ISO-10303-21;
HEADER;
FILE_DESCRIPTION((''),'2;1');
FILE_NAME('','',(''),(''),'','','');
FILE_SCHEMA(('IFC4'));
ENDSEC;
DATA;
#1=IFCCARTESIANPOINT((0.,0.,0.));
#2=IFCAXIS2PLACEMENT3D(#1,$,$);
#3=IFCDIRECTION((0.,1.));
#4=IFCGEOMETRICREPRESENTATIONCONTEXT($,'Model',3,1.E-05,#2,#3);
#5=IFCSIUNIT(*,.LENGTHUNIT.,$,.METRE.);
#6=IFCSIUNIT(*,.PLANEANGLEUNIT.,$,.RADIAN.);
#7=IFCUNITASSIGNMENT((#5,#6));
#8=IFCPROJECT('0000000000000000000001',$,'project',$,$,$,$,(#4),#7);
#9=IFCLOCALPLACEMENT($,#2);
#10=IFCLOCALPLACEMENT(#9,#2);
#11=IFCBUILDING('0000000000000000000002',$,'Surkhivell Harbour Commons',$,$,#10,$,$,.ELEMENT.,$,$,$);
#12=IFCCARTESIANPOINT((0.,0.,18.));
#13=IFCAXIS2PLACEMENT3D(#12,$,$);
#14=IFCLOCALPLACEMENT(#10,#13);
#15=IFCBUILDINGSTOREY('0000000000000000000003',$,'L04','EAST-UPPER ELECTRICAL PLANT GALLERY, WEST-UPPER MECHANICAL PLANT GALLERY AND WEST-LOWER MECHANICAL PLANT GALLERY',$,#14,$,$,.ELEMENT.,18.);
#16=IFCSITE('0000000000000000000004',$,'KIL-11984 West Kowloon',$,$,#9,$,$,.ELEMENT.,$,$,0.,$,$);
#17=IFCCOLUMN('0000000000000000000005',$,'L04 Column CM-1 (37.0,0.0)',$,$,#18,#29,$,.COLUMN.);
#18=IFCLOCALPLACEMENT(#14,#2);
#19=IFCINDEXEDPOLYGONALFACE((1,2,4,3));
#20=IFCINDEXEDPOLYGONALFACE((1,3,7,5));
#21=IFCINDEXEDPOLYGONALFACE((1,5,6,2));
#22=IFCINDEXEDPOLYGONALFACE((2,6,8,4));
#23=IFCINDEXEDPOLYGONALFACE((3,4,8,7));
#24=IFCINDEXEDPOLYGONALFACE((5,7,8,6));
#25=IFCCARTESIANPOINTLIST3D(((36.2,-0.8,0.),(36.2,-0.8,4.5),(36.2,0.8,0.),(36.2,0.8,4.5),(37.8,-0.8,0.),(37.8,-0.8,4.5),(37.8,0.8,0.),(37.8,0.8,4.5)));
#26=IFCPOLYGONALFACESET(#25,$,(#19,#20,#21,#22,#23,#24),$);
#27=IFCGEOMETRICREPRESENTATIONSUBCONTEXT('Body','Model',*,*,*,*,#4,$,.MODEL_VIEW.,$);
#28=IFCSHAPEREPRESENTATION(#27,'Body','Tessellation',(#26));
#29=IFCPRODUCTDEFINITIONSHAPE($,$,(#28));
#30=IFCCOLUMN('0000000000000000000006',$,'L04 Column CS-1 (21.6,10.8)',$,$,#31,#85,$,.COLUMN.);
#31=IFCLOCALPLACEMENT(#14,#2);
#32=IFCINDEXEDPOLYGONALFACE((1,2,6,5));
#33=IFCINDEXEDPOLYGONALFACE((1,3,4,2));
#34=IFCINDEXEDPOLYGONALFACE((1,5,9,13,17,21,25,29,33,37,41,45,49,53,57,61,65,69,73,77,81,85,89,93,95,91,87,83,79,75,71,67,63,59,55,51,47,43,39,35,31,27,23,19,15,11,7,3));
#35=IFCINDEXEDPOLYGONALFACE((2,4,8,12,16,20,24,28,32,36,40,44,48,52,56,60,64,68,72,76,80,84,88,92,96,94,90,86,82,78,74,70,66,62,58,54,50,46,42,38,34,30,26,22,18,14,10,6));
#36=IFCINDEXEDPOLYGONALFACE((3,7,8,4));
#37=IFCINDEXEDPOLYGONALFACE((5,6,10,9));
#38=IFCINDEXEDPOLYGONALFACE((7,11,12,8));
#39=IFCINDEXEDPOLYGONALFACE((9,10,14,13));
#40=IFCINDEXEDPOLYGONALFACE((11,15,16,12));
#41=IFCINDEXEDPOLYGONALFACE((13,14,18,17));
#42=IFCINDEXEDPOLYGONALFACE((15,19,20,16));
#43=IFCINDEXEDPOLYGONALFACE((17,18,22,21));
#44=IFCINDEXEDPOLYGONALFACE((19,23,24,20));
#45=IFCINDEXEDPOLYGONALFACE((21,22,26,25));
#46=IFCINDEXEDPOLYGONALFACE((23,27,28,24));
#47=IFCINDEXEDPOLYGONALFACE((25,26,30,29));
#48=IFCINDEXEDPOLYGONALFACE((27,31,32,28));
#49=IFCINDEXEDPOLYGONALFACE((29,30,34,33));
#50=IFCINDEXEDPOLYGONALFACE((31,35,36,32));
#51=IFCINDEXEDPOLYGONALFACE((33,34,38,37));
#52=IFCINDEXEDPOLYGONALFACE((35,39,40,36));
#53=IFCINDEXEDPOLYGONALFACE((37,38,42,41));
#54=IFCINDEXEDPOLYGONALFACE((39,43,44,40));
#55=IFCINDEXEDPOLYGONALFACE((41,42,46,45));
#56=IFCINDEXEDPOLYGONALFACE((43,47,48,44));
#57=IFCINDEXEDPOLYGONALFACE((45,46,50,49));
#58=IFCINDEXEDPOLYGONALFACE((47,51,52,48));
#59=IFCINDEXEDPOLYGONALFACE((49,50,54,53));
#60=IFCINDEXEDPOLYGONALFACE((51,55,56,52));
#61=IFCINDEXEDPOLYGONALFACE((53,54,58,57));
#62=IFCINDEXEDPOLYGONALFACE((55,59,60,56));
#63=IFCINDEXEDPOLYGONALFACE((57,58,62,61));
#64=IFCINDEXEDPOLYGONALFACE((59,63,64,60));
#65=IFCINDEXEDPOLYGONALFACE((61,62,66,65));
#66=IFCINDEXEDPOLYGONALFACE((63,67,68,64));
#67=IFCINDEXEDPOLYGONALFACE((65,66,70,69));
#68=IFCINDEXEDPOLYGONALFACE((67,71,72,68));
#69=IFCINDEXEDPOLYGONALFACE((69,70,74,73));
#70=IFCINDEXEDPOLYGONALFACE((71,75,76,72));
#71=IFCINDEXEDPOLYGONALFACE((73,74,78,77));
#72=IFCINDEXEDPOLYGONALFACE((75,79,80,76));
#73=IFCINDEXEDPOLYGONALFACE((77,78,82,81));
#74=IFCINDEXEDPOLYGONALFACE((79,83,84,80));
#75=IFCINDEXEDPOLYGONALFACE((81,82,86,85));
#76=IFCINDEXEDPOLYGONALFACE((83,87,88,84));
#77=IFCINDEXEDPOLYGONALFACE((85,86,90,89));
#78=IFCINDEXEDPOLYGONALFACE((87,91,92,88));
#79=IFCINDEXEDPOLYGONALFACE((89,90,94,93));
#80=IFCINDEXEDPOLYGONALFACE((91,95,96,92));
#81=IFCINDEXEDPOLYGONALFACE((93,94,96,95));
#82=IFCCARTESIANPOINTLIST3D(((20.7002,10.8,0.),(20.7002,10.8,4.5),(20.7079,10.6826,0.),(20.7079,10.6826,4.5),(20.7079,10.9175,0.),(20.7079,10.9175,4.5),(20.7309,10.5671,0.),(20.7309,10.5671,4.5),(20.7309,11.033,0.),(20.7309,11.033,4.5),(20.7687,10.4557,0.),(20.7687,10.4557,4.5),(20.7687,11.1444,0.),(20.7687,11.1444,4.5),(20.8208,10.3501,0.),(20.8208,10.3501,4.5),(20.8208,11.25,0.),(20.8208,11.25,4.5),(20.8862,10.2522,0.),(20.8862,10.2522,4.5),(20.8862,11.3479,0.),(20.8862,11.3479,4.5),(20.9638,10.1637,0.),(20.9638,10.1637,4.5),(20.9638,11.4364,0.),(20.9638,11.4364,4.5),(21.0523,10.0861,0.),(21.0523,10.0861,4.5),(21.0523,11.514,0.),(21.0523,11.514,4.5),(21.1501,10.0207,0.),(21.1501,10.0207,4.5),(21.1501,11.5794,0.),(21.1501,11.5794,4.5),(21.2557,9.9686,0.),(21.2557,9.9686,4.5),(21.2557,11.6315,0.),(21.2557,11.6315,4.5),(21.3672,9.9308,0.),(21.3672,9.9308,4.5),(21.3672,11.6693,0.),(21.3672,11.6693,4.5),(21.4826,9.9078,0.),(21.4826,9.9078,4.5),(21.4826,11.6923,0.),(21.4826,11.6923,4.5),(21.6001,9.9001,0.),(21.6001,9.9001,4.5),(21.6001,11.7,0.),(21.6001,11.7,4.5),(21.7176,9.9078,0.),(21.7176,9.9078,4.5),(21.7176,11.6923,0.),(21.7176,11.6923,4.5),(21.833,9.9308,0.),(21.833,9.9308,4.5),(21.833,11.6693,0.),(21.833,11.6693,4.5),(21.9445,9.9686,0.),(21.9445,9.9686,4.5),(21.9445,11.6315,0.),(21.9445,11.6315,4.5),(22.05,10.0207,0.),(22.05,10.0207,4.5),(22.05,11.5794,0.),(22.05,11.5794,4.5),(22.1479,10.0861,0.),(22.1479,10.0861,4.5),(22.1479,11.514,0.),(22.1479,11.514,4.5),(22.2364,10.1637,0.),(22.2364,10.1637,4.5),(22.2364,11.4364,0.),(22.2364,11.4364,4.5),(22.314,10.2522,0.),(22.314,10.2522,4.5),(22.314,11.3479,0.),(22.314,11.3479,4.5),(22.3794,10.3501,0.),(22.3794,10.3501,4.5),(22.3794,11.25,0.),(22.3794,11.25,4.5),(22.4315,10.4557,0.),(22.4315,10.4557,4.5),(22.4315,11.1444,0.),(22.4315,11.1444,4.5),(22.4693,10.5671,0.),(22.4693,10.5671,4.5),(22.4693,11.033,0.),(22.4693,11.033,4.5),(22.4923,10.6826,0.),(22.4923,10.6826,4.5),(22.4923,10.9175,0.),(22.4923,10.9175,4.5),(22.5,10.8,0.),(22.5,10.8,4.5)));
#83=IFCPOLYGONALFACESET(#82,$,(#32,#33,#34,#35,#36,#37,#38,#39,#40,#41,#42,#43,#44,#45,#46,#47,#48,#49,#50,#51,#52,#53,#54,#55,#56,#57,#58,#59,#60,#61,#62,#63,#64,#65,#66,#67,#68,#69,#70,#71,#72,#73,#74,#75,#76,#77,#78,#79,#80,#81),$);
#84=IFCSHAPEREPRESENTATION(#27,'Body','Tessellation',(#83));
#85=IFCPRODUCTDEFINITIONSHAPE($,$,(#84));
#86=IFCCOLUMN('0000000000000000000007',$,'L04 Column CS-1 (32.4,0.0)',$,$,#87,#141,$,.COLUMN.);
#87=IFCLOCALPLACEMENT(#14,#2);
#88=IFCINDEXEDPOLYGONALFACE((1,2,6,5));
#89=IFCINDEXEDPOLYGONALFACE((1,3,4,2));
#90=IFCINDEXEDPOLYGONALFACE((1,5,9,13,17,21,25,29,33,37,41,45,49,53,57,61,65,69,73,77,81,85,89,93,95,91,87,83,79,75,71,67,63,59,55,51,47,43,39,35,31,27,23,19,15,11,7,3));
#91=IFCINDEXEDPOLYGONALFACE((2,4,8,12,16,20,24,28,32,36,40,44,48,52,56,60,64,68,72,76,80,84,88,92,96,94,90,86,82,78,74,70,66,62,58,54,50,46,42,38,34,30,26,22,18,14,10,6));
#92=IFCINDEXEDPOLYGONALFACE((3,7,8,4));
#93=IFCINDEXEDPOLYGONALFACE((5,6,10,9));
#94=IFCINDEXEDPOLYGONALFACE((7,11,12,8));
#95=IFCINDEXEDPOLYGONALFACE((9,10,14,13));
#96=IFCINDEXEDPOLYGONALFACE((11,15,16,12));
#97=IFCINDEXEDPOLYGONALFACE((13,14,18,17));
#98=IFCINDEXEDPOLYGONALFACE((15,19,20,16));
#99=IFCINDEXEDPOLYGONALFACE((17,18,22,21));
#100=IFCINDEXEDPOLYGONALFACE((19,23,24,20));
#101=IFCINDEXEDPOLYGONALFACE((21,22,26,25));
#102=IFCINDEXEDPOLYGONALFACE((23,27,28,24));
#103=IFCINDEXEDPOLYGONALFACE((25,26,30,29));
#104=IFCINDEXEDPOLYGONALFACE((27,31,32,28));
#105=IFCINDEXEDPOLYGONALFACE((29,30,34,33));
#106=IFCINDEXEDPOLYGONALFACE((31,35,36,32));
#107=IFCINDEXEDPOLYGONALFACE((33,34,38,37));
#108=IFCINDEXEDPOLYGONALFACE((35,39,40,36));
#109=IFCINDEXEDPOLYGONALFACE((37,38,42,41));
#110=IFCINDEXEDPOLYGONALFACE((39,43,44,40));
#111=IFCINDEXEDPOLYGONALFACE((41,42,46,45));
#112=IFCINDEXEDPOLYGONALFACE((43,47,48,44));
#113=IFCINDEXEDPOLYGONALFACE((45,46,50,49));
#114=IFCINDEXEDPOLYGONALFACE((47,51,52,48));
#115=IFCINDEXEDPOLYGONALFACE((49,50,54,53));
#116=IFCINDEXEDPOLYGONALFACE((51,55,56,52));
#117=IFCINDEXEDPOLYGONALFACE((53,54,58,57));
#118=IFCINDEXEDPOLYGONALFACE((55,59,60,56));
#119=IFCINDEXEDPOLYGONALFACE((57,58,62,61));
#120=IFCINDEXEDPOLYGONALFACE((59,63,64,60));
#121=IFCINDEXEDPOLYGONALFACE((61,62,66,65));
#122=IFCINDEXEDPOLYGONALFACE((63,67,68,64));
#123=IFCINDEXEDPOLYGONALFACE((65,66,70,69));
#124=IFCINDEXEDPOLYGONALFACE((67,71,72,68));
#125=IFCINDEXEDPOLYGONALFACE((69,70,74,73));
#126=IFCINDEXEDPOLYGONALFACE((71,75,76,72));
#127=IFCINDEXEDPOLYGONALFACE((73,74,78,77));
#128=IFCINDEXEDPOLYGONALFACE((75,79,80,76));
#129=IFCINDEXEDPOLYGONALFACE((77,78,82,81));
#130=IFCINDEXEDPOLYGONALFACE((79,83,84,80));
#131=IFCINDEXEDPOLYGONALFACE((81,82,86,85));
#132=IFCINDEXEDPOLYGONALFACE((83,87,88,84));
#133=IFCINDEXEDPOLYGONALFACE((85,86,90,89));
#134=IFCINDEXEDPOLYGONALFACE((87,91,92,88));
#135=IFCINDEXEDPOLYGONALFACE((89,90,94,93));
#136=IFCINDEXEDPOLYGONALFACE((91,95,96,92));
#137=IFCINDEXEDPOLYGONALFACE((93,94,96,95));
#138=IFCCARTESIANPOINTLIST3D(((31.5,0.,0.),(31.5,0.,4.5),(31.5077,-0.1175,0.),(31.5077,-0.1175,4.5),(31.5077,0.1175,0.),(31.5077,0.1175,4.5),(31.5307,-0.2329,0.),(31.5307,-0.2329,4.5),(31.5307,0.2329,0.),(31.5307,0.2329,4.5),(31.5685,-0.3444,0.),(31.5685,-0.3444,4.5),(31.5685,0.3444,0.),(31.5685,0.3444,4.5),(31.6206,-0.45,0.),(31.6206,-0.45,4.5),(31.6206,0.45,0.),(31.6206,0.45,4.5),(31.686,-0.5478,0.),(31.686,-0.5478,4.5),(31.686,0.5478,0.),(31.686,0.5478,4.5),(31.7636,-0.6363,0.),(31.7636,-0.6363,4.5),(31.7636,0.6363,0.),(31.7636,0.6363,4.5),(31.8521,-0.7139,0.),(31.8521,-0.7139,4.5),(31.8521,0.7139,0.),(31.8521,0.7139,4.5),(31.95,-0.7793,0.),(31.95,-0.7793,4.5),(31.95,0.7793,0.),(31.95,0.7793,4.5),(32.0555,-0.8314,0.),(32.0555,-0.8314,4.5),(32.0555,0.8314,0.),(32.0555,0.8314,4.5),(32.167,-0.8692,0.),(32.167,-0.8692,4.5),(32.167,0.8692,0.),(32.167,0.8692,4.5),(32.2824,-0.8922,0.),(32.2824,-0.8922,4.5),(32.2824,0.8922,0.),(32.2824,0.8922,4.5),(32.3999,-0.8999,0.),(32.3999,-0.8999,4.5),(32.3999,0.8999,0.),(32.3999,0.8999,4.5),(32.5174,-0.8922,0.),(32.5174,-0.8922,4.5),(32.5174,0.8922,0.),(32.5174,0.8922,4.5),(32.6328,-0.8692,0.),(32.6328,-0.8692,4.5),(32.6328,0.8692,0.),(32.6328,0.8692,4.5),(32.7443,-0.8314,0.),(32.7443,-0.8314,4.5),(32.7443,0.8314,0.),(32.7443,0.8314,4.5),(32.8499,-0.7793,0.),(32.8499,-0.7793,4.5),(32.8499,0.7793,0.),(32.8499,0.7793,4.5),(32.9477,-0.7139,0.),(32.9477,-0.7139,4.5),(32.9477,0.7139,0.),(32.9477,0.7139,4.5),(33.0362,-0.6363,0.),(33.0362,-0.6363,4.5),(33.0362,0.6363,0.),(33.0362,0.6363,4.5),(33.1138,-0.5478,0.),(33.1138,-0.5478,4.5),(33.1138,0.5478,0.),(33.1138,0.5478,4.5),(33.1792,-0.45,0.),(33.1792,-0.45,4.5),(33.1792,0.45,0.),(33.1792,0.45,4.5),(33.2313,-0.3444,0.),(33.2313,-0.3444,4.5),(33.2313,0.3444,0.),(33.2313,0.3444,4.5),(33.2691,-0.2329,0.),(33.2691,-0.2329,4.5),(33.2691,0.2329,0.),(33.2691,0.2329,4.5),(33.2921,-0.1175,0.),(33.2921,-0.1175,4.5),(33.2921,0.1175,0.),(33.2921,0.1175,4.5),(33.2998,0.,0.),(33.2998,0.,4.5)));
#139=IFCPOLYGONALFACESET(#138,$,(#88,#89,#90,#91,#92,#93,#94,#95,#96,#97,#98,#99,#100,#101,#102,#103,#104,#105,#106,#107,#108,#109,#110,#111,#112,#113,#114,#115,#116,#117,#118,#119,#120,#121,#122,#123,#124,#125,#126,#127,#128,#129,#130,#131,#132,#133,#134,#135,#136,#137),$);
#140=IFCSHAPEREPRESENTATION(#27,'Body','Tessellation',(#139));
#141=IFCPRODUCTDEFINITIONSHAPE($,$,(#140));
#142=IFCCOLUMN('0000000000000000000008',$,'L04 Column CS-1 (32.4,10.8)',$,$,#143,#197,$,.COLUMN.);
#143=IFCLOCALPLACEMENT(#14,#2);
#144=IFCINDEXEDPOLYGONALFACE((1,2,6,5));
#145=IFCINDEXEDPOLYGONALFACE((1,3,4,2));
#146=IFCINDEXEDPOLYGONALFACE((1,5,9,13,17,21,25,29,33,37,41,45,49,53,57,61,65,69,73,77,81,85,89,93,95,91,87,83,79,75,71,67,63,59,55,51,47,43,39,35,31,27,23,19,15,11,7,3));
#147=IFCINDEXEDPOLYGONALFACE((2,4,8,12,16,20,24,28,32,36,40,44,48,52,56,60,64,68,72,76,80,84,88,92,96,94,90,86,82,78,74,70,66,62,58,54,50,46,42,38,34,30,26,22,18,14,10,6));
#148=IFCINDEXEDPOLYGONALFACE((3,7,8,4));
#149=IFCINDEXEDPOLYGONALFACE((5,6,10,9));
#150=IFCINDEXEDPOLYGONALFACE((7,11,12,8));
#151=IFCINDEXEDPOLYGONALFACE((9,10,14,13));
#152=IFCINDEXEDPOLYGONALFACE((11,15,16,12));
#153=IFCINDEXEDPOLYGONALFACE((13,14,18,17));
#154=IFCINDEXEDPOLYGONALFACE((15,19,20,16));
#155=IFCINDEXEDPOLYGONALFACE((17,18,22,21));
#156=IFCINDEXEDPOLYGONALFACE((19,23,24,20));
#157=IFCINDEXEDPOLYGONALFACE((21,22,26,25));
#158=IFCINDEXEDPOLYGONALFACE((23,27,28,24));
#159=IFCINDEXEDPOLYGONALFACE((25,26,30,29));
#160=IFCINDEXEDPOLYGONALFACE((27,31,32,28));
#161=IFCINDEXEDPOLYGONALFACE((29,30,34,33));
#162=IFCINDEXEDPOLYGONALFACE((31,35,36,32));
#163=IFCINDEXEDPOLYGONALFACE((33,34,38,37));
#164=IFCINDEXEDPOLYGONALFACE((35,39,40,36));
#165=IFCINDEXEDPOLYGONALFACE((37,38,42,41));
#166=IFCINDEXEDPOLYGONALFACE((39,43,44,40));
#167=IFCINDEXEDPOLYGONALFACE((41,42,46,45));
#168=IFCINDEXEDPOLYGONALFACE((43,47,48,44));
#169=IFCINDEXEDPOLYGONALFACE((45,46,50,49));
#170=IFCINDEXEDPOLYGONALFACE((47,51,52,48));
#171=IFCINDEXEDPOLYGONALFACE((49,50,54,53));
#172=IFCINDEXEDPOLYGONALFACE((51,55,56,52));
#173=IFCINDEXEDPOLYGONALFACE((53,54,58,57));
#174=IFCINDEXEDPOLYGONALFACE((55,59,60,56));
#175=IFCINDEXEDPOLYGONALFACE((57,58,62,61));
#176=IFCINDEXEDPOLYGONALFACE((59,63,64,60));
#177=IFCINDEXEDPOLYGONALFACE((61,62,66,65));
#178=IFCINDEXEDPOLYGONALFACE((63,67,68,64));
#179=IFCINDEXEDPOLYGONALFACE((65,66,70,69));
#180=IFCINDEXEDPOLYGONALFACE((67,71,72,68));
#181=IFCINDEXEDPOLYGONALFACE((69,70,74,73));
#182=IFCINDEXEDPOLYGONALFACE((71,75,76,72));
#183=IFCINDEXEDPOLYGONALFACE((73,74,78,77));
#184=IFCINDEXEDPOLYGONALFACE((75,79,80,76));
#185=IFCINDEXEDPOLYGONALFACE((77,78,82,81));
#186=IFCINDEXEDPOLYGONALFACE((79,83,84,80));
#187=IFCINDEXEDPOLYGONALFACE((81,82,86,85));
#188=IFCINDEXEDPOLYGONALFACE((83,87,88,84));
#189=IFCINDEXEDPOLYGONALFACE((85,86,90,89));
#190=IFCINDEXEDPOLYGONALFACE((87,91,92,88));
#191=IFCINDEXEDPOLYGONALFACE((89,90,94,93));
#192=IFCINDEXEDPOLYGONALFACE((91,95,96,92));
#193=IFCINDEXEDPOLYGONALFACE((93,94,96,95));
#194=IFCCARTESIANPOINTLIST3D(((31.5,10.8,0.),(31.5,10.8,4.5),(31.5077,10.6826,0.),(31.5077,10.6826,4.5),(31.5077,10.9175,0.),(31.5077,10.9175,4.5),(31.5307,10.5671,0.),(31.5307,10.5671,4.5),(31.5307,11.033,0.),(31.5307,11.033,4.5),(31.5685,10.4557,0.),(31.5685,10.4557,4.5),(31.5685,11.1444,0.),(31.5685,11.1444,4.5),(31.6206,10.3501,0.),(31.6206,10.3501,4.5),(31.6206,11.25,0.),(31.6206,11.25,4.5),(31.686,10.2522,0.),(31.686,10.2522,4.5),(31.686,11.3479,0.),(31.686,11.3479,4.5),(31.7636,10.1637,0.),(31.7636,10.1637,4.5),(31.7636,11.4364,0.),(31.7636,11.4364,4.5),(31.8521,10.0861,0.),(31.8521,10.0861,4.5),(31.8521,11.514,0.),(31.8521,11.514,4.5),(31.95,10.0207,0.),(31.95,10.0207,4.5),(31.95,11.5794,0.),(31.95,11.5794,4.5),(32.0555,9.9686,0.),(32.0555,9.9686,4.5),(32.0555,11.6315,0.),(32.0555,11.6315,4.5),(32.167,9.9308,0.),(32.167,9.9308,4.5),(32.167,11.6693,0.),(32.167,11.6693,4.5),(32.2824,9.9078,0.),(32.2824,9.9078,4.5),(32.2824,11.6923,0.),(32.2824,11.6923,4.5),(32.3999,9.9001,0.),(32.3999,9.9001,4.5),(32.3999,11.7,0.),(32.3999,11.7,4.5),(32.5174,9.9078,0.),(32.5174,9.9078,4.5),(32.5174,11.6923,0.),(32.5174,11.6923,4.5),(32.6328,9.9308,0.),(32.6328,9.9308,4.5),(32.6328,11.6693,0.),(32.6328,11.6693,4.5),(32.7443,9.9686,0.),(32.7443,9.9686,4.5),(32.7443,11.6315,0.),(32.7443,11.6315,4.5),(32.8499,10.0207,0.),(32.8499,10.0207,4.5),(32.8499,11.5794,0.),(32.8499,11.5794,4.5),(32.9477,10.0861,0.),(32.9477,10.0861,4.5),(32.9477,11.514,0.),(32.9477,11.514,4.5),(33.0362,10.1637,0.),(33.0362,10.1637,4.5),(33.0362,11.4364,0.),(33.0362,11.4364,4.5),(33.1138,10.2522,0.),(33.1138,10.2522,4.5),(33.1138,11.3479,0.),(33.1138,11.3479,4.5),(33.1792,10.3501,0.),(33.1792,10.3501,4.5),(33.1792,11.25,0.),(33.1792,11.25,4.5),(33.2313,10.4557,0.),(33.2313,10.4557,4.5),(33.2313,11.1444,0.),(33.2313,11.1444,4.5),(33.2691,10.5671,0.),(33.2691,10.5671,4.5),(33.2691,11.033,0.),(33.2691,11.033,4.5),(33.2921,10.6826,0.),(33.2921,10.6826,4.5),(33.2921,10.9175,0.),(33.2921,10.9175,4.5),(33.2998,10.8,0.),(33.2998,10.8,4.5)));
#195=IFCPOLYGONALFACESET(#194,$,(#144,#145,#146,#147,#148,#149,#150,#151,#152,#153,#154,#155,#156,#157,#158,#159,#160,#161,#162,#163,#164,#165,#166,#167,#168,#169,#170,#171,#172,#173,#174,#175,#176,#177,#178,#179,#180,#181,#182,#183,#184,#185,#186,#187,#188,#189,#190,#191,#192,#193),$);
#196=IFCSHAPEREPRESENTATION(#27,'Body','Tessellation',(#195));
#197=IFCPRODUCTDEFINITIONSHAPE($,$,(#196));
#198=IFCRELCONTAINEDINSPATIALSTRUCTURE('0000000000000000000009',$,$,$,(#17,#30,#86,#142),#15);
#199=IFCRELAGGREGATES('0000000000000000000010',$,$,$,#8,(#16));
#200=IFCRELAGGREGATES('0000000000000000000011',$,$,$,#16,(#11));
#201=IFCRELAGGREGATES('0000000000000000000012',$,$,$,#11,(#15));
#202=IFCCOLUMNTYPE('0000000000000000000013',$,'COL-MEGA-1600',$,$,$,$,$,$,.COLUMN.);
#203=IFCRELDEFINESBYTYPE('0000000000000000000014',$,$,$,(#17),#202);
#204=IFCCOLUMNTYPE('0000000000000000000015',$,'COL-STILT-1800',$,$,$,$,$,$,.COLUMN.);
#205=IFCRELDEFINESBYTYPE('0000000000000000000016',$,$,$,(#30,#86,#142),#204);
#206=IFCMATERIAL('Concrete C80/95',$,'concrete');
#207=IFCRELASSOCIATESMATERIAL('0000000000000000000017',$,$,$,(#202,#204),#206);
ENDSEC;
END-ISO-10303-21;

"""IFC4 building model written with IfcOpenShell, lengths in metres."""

from ifc_helpers import new_model, si_unit, direction, frame, origin, origin_2d, place, context, subcontext, project, spatial, rectangle, circle, extrude, material, material_profile, profile_set, type_object, element, save


model = new_model("IFC4")

# Units and contexts
model_context = context("Model", 3, precision=1e-05, world=origin(), true_north=direction((0.0, 1.0)))
body_context = subcontext(model_context, "Body", "Model", "MODEL_VIEW")
ifc_project = project(units=[si_unit("LENGTHUNIT", "METRE"), si_unit("PLANEANGLEUNIT", "RADIAN")], contexts=[model_context])

# Site, building, storey
site_placement = place(None, origin())
site = spatial("IfcSite", under=ifc_project, at=site_placement, Name="KIL-11984 West Kowloon", CompositionType="ELEMENT", RefElevation=0.0)
building_placement = place(site_placement, origin())
building = spatial("IfcBuilding", under=site, at=building_placement, Name="Surkhivell Harbour Commons", CompositionType="ELEMENT")
storey_placement = place(building_placement, frame((0.0, 0.0, 18.0)))
storey = spatial("IfcBuildingStorey", under=building, at=storey_placement, Name="L04", Description="EAST-UPPER ELECTRICAL PLANT GALLERY, WEST-UPPER MECHANICAL PLANT GALLERY AND WEST-LOWER MECHANICAL PLANT GALLERY", CompositionType="ELEMENT", Elevation=18.0)

# Columns
ifc_material_1 = material(Name="Concrete C80/95", Category="concrete")
ifc_material_profile_1 = material_profile(ifc_material_1, rectangle(XDim=1.6001, YDim=1.6001, at=origin_2d()), Name="RC-COL-1600x1600")
ifc_profile_set_1 = profile_set([ifc_material_profile_1], Name="Concrete C80/95")
column_type_1 = type_object("IfcColumnType", Name="COL-MEGA-1600", PredefinedType="COLUMN", material=ifc_profile_set_1)
column_placement = place(storey_placement, frame((37.0, 0.0, 0.0), z_axis=(0.0, 0.0, 1.0), x_axis=(1.0, 0.0, 0.0)))
element("IfcColumn", 1, at=column_placement, inside=storey, type_object=column_type_1, Name="L04 Column CM-1 (37.0,0.0)", PredefinedType="COLUMN", context=body_context, shape_type="SweptSolid", body=[
    extrude(rectangle(XDim=1.6001, YDim=1.6001, at=origin_2d()), origin(), (0.0, 0.0, 1.0), 4.5),
])
ifc_material_profile_2 = material_profile(ifc_material_1, circle(Radius=0.8999, at=origin_2d()), Name="RC-CIRC-1800")
ifc_profile_set_2 = profile_set([ifc_material_profile_2], Name="Concrete C80/95")
column_type_2 = type_object("IfcColumnType", Name="COL-STILT-1800", PredefinedType="COLUMN", material=ifc_profile_set_2)
for number, where, z_axis, x_axis, name in (
    (2, (21.6001, 10.8, 0.0), (0.0, 0.0, 1.0), (1.0, 0.0, 0.0), "L04 Column CS-1 (21.6,10.8)"),
    (3, (32.3999, 0.0, 0.0), (0.0, 0.0, 1.0), (1.0, 0.0, 0.0), "L04 Column CS-1 (32.4,0.0)"),
    (4, (32.3999, 10.8, 0.0), (0.0, 0.0, 1.0), (1.0, 0.0, 0.0), "L04 Column CS-1 (32.4,10.8)"),
):
    element("IfcColumn", number, at=place(storey_placement, frame(where, z_axis=z_axis, x_axis=x_axis)), inside=storey, type_object=column_type_2, Name=name, PredefinedType="COLUMN", context=body_context, shape_type="SweptSolid", body=[
        extrude(circle(Radius=0.8999, at=origin_2d()), origin(), (0.0, 0.0, 1.0), 4.5),
    ])

save(model, "model.ifc")
